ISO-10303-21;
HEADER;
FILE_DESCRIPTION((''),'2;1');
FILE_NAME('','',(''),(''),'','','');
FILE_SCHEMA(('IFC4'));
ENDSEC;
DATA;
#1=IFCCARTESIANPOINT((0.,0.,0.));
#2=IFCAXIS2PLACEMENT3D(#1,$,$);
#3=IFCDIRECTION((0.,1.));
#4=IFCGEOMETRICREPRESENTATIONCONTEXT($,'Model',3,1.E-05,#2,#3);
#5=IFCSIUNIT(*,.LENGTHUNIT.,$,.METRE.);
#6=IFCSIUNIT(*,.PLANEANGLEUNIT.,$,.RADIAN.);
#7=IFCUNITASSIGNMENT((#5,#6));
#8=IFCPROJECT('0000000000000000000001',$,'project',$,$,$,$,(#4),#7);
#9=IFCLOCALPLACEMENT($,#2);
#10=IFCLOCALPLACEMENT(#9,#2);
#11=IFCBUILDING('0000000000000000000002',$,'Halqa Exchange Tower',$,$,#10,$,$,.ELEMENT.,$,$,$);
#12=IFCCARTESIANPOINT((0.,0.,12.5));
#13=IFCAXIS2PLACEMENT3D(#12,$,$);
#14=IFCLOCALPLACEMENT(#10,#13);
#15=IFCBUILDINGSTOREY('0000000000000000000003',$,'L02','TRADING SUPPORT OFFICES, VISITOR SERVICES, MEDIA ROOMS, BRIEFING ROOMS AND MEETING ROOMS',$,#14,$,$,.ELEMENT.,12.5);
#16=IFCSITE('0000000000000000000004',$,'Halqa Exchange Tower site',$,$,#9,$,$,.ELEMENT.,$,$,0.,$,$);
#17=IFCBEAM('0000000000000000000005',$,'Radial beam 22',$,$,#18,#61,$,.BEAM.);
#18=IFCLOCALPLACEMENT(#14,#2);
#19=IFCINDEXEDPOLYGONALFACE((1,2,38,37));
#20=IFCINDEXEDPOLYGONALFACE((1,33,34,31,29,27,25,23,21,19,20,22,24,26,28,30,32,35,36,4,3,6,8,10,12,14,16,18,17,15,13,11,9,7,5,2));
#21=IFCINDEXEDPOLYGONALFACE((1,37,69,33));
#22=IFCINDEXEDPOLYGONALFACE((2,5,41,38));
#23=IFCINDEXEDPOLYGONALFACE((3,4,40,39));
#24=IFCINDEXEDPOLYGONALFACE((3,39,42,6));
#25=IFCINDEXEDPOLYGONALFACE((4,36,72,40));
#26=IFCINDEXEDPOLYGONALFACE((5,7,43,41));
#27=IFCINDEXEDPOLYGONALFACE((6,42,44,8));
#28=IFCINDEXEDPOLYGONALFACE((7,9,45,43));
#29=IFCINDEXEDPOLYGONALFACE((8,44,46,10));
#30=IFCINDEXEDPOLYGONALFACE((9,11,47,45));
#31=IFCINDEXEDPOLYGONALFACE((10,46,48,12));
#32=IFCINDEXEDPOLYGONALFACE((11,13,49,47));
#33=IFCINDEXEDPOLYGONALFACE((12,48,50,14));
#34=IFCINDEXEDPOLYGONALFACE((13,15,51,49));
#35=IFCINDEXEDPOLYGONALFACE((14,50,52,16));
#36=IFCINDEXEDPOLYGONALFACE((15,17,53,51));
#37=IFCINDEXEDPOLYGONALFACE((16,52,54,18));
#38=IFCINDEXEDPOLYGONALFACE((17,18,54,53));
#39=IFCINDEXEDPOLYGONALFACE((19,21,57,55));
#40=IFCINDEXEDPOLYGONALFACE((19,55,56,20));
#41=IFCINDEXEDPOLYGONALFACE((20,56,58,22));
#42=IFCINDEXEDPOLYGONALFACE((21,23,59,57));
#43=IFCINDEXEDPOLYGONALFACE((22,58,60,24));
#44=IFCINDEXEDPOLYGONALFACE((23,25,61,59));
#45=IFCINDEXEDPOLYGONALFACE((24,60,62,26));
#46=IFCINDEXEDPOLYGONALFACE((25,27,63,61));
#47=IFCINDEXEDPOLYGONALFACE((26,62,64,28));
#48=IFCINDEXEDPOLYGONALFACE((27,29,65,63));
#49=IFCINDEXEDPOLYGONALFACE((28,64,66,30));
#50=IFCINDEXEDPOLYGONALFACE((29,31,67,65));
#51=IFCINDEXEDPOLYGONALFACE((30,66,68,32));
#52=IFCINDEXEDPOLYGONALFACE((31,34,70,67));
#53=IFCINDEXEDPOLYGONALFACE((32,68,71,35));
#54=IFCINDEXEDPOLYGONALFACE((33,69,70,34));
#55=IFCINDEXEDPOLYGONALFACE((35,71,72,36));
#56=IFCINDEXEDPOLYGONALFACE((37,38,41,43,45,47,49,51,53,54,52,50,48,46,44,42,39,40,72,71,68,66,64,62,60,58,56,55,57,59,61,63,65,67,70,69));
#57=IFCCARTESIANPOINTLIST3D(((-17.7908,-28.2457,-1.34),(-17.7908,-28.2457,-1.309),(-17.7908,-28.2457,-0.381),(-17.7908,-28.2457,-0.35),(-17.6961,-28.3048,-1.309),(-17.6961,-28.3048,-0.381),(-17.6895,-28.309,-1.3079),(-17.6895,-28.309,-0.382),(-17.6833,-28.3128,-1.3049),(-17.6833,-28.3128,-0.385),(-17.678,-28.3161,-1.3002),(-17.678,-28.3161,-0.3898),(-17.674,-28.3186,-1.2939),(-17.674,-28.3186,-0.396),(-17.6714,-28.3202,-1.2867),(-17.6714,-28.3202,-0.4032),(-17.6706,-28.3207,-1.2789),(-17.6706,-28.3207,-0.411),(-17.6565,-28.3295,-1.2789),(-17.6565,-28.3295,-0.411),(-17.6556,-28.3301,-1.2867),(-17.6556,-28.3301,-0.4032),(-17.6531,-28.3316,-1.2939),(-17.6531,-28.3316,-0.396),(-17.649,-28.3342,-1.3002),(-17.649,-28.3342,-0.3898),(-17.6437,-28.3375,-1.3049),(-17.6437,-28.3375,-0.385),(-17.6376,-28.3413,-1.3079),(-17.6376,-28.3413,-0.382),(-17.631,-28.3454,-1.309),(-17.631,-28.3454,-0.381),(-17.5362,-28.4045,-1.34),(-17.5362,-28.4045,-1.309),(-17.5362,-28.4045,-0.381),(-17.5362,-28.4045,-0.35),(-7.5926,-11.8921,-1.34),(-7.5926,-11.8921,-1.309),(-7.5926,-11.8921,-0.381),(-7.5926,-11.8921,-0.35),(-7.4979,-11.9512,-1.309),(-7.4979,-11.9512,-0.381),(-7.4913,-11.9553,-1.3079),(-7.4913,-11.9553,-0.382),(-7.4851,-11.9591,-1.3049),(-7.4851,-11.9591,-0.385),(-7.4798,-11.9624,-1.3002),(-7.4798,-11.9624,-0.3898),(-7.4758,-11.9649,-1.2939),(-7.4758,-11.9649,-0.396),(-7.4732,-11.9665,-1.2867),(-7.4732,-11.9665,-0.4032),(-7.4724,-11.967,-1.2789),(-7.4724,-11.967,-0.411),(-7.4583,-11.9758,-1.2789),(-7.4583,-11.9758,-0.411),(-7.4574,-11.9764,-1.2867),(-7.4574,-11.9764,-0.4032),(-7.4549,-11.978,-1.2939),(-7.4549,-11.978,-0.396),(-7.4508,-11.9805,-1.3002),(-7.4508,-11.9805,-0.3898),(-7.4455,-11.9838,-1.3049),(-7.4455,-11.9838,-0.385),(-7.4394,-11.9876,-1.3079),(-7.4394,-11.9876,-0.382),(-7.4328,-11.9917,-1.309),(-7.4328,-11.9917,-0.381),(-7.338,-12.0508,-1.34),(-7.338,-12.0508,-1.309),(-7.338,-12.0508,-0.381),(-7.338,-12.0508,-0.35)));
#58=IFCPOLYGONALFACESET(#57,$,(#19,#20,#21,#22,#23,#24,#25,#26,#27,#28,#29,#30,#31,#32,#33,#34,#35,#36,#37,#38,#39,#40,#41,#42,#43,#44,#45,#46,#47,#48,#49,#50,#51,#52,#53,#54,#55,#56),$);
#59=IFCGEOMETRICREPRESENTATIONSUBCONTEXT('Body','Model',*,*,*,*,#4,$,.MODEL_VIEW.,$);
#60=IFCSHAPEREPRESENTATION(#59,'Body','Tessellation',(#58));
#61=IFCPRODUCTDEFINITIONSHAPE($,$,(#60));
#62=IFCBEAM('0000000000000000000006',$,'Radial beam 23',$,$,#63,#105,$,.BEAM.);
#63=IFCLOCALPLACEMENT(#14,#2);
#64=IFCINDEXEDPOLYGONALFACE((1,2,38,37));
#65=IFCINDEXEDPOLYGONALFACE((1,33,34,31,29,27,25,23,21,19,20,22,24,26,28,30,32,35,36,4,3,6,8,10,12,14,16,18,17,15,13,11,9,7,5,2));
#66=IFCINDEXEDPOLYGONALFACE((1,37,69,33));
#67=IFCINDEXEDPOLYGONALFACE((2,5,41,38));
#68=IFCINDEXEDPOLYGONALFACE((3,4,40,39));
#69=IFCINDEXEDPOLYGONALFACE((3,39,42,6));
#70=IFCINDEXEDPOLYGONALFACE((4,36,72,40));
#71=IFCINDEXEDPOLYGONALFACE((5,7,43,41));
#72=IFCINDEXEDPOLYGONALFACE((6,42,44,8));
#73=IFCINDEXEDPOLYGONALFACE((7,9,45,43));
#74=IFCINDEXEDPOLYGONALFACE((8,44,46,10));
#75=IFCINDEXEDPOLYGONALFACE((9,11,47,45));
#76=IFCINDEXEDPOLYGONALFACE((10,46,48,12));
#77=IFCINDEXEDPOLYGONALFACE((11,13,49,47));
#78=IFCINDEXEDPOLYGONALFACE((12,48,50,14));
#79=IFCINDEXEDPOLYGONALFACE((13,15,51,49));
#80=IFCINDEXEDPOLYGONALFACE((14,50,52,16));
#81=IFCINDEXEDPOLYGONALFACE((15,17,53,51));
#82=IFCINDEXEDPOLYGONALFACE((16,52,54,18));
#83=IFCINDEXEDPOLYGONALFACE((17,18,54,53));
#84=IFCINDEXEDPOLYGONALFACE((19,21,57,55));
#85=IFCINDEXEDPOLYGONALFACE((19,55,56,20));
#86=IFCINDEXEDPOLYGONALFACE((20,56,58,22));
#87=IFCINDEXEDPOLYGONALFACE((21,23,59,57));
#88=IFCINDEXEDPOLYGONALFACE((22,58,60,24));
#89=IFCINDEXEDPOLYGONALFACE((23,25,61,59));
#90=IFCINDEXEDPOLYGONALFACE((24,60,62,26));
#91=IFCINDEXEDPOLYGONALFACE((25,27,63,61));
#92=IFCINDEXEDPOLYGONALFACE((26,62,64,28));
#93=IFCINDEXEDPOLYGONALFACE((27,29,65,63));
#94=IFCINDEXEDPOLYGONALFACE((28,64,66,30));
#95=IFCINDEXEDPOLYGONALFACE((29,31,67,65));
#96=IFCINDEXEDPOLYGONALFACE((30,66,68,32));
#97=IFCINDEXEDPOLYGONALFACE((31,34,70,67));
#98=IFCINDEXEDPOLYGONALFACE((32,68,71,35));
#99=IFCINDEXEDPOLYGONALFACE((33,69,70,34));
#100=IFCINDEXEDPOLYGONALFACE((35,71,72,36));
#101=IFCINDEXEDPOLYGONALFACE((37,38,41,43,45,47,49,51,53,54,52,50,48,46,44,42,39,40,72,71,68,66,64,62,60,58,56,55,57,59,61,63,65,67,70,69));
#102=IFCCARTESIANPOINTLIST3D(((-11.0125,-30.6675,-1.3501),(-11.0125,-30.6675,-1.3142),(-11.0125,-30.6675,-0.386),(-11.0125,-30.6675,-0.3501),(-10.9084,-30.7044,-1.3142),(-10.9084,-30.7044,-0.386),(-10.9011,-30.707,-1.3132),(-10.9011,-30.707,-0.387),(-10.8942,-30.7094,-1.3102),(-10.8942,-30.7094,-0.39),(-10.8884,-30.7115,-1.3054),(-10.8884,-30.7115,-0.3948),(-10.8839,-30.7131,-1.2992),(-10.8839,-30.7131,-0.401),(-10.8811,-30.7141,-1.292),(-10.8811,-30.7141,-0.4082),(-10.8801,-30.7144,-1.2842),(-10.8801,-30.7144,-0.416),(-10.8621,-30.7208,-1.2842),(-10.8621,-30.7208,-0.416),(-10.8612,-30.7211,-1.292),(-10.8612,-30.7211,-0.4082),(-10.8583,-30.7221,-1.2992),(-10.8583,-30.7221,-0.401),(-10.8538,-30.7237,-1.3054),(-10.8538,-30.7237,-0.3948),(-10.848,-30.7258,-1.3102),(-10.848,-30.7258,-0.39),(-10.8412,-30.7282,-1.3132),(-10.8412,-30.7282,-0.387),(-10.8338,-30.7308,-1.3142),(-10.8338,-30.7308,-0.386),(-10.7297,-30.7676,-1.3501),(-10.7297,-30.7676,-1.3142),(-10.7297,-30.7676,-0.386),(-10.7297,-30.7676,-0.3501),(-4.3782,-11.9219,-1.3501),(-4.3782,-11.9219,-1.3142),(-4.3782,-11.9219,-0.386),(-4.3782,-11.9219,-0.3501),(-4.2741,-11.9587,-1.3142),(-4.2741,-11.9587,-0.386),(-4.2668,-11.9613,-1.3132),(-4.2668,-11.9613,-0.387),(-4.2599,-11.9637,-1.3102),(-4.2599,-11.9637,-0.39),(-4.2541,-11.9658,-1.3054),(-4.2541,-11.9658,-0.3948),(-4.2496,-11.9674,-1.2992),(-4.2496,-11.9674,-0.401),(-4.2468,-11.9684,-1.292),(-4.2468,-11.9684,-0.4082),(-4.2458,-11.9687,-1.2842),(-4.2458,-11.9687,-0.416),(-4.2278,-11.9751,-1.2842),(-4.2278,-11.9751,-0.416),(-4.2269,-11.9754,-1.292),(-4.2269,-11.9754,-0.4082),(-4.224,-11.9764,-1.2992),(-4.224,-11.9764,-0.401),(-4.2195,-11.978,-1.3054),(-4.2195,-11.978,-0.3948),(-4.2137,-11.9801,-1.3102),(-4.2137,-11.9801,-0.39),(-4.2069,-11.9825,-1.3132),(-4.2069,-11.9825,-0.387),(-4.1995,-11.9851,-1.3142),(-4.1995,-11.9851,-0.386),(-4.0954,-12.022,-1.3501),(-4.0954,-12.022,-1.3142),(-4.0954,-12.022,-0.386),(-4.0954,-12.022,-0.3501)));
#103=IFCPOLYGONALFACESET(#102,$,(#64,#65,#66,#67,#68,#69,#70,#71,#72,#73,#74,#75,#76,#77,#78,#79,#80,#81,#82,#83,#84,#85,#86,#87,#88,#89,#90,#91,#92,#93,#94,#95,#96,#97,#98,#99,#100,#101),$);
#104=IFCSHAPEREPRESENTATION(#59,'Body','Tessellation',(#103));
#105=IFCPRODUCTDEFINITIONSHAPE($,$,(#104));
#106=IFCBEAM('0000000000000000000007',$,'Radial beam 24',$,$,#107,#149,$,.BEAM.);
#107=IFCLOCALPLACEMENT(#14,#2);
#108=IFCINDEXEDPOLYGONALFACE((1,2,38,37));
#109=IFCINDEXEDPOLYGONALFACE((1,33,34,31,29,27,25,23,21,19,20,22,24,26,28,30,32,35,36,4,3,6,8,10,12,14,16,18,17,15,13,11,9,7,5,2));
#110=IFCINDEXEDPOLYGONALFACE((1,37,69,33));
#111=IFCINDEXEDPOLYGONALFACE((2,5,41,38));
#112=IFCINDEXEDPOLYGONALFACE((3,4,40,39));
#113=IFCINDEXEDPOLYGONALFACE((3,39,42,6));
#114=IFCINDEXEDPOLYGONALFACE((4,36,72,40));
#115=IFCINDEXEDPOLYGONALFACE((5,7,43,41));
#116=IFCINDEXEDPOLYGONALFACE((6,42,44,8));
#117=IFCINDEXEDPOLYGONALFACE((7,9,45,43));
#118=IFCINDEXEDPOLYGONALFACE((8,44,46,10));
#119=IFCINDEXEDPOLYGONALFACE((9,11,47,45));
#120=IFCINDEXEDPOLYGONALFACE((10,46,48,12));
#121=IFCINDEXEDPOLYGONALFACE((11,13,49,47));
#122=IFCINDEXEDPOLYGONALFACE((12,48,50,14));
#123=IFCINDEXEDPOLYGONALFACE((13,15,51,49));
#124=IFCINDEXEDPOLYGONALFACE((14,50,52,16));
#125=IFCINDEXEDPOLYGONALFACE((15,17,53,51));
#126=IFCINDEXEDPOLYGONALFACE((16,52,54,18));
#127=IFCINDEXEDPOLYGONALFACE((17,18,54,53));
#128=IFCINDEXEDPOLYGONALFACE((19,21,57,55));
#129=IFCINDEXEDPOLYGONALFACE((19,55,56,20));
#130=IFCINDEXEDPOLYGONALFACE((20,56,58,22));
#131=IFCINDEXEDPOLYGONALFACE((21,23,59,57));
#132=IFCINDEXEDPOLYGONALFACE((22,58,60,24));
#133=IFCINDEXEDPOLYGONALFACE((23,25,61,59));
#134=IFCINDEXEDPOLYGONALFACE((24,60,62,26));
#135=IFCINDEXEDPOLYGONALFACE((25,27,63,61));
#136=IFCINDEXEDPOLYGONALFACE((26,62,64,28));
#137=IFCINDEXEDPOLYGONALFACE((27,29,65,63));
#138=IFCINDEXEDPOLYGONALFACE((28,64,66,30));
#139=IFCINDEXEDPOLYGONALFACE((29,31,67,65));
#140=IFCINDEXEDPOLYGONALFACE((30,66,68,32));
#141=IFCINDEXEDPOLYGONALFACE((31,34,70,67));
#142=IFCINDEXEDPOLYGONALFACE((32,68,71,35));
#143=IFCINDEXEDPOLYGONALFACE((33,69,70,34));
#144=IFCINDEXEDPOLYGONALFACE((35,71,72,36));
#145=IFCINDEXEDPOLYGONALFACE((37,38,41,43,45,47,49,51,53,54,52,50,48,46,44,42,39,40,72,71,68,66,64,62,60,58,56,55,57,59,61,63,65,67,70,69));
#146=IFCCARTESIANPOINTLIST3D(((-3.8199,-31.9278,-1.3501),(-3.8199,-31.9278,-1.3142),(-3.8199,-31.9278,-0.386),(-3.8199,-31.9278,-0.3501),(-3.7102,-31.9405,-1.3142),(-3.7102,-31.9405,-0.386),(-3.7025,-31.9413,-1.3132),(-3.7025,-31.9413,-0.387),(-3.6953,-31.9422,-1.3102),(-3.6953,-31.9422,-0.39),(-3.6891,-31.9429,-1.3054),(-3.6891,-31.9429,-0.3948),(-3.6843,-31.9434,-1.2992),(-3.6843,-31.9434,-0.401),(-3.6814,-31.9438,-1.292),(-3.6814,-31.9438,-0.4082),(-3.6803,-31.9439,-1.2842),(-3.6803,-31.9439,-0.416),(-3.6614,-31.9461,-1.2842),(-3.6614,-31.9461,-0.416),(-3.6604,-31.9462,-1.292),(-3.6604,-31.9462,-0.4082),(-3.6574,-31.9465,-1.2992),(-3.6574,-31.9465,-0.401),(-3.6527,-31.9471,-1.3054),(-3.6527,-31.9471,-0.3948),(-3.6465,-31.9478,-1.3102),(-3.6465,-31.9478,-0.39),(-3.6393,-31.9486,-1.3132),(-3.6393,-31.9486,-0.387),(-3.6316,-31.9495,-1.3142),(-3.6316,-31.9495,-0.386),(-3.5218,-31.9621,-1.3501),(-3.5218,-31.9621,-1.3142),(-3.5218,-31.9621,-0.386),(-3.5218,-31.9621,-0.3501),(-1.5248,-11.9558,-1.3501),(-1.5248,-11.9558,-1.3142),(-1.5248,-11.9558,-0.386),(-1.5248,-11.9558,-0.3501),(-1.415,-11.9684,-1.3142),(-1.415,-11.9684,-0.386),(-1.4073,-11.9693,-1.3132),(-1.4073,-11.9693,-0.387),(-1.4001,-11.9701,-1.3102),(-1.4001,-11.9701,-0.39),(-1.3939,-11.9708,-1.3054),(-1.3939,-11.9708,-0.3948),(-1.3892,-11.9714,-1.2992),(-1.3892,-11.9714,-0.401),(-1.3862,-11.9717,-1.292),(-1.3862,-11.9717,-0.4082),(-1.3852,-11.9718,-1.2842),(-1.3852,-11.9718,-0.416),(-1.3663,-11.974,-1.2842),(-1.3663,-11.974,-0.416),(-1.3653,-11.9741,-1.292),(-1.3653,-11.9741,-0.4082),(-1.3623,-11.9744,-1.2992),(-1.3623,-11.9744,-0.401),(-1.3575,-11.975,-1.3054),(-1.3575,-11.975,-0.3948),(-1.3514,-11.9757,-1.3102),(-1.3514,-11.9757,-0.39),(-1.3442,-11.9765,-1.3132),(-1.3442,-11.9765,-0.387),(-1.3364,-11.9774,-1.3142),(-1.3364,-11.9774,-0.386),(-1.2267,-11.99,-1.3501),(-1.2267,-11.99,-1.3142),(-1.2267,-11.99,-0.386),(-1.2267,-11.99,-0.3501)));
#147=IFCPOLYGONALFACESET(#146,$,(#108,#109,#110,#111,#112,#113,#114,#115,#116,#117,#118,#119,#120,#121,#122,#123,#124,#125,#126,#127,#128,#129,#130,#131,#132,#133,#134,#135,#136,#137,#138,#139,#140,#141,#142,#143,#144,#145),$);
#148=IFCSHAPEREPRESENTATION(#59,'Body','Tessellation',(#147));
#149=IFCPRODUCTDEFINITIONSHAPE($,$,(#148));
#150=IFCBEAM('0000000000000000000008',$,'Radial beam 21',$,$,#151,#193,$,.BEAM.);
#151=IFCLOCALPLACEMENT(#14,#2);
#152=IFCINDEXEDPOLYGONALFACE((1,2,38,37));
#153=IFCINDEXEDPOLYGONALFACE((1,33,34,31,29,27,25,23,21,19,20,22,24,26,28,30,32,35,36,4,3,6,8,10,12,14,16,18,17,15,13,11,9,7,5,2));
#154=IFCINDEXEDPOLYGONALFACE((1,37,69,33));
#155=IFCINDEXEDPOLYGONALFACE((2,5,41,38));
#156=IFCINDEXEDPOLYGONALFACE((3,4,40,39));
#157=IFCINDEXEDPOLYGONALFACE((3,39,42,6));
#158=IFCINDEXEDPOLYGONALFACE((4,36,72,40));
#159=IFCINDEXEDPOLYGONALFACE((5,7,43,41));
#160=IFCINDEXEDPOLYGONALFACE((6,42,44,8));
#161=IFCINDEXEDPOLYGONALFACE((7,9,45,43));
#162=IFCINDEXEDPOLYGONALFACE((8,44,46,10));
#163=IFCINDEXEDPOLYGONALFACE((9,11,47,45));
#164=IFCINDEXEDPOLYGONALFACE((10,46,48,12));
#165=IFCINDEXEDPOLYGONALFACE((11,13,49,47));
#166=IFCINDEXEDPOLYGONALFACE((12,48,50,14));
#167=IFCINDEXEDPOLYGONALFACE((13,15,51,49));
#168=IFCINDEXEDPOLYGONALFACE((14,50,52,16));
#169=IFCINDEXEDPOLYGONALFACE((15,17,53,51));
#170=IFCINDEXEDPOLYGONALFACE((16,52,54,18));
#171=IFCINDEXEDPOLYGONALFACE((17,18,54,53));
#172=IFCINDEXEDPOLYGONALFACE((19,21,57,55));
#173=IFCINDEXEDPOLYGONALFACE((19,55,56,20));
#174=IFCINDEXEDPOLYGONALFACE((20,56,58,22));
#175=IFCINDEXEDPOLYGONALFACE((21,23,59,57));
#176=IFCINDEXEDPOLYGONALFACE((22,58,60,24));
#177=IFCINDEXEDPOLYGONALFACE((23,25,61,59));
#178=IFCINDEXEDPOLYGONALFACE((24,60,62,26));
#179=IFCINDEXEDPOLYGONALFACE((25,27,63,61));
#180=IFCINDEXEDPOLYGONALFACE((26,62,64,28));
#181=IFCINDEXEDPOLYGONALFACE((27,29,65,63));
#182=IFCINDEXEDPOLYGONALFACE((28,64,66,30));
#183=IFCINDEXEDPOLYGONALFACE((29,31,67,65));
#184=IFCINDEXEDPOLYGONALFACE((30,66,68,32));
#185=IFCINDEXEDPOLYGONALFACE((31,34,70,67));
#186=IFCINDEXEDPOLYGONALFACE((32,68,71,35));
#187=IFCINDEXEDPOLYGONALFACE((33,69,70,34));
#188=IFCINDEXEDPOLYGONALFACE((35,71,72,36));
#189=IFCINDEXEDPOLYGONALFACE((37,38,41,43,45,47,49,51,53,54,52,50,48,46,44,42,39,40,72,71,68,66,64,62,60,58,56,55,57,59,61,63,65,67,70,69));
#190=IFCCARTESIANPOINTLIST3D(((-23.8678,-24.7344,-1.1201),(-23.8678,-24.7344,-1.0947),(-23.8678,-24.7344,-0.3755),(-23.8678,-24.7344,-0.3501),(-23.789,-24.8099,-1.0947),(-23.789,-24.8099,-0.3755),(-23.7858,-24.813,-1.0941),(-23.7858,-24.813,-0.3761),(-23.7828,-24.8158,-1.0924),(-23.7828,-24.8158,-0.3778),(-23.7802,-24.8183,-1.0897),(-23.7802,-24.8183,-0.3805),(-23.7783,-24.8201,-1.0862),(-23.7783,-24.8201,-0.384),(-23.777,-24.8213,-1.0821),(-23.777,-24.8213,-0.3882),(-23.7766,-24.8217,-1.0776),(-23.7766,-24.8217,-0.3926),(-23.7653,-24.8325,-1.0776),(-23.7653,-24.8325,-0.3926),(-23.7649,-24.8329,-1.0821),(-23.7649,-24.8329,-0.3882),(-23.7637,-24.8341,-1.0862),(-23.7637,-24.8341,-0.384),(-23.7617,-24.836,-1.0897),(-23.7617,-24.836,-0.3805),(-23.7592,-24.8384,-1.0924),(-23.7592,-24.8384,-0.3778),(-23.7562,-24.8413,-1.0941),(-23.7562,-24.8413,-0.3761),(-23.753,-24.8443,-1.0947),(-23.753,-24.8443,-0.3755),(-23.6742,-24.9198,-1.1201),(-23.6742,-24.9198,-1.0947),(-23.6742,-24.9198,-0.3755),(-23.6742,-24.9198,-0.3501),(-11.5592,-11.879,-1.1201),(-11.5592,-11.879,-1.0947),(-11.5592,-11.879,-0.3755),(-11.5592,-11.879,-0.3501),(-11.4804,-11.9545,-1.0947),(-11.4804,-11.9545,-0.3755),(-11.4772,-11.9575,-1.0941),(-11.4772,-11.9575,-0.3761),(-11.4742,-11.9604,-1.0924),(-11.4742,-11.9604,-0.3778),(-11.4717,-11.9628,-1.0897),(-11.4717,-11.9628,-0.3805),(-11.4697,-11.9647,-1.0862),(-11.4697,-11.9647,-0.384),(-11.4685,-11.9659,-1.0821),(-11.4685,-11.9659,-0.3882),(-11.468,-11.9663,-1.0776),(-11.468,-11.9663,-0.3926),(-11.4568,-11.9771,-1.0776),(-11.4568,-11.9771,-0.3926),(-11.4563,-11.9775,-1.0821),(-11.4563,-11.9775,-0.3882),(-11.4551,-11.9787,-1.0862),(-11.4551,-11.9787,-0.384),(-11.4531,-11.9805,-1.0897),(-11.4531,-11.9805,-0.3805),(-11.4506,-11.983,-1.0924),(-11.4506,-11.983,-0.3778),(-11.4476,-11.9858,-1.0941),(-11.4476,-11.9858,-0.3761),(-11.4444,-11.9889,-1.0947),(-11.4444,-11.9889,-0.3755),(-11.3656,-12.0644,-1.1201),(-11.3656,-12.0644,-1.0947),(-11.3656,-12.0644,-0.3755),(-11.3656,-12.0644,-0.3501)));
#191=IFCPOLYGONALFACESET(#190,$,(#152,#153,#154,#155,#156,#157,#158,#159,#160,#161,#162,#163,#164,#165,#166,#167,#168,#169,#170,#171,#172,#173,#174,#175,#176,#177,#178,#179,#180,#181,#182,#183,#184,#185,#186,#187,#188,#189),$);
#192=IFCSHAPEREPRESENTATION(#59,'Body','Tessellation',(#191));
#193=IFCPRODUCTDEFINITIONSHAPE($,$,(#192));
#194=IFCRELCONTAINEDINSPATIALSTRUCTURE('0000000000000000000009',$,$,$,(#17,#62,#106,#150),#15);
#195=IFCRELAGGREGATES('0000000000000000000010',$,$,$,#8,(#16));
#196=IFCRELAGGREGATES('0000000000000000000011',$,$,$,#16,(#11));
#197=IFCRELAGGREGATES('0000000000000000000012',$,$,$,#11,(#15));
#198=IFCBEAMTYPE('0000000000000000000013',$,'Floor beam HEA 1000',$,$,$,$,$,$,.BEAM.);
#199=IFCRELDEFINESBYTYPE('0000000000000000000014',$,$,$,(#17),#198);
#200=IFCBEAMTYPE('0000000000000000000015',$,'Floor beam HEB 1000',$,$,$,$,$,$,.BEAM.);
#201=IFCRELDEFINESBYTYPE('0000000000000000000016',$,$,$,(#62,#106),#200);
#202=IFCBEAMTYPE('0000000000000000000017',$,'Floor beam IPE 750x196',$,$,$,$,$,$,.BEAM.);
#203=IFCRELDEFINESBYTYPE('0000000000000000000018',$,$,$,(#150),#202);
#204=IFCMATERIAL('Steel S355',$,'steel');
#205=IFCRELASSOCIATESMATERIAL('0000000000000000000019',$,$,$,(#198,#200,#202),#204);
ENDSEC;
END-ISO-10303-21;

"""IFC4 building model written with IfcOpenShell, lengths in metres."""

from ifc_helpers import new_model, si_unit, direction, frame, origin, origin_2d, place, context, subcontext, project, spatial, i_section, extrude, material, material_profile, profile_set, type_object, element, save


model = new_model("IFC4")

# Units and contexts
model_context = context("Model", 3, precision=1e-05, world=origin(), true_north=direction((0.0, 1.0)))
body_context = subcontext(model_context, "Body", "Model", "MODEL_VIEW")
ifc_project = project(units=[si_unit("LENGTHUNIT", "METRE"), si_unit("PLANEANGLEUNIT", "RADIAN")], contexts=[model_context])

# Site, building, storey
site_placement = place(None, origin())
site = spatial("IfcSite", under=ifc_project, at=site_placement, Name="Halqa Exchange Tower site", CompositionType="ELEMENT", RefElevation=0.0)
building_placement = place(site_placement, origin())
building = spatial("IfcBuilding", under=site, at=building_placement, Name="Halqa Exchange Tower", CompositionType="ELEMENT")
storey_placement = place(building_placement, frame((0.0, 0.0, 12.5)))
storey = spatial("IfcBuildingStorey", under=building, at=storey_placement, Name="L02", Description="TRADING SUPPORT OFFICES, VISITOR SERVICES, MEDIA ROOMS, BRIEFING ROOMS AND MEETING ROOMS", CompositionType="ELEMENT", Elevation=12.5)

# Beams
ifc_material_1 = material(Name="Steel S355", Category="steel")
ifc_material_profile_1 = material_profile(ifc_material_1, i_section(OverallWidth=0.3, OverallDepth=0.99, WebThickness=0.0166, FlangeThickness=0.031, FilletRadius=0.03, at=origin_2d()), Name="HEA 1000")
ifc_profile_set_1 = profile_set([ifc_material_profile_1], Name="Steel S355")
beam_type_1 = type_object("IfcBeamType", Name="Floor beam HEA 1000", PredefinedType="BEAM", material=ifc_profile_set_1)
beam_1_placement = place(storey_placement, frame((-7.4653, -11.9714, -0.845), z_axis=(-0.529146, -0.848531, 0.0), x_axis=(0.848531, -0.529146, 0.0)))
element("IfcBeam", 1, at=beam_1_placement, inside=storey, type_object=beam_type_1, Name="Radial beam 22", PredefinedType="BEAM", context=body_context, shape_type="SweptSolid", body=[
    extrude(i_section(OverallWidth=0.3, OverallDepth=0.99, WebThickness=0.0166, FlangeThickness=0.031, FilletRadius=0.03, at=origin_2d()), origin(), (0.0, 0.0, 1.0), 19.2729),
])
ifc_material_profile_2 = material_profile(ifc_material_1, i_section(OverallWidth=0.3, OverallDepth=1.0, WebThickness=0.019, FlangeThickness=0.0359, FilletRadius=0.03, at=origin_2d()), Name="HEB 1000")
ifc_profile_set_2 = profile_set([ifc_material_profile_2], Name="Steel S355")
beam_type_2 = type_object("IfcBeamType", Name="Floor beam HEB 1000", PredefinedType="BEAM", material=ifc_profile_set_2)
beam_2_placement = place(storey_placement, frame((-4.2368, -11.9719, -0.8501), z_axis=(-0.333633, -0.942703, 0.0), x_axis=(0.942703, -0.333633, 0.0)))
element("IfcBeam", 2, at=beam_2_placement, inside=storey, type_object=beam_type_2, Name="Radial beam 23", PredefinedType="BEAM", context=body_context, shape_type="SweptSolid", body=[
    extrude(i_section(OverallWidth=0.3, OverallDepth=1.0, WebThickness=0.019, FlangeThickness=0.0359, FilletRadius=0.03, at=origin_2d()), origin(), (0.0, 0.0, 1.0), 19.885),
])
beam_3_placement = place(storey_placement, frame((-1.3757, -11.9729, -0.8501), z_axis=(-0.114167, -0.993462, 0.0), x_axis=(0.993462, -0.114167, 0.0)))
element("IfcBeam", 3, at=beam_3_placement, inside=storey, type_object=beam_type_2, Name="Radial beam 24", PredefinedType="BEAM", context=body_context, shape_type="SweptSolid", body=[
    extrude(i_section(OverallWidth=0.3, OverallDepth=1.0, WebThickness=0.019, FlangeThickness=0.0359, FilletRadius=0.03, at=origin_2d()), origin(), (0.0, 0.0, 1.0), 20.1035),
])
ifc_material_profile_3 = material_profile(ifc_material_1, i_section(OverallWidth=0.2681, OverallDepth=0.77, WebThickness=0.0156, FlangeThickness=0.0254, FilletRadius=0.0171, at=origin_2d()), Name="IPE 750x196")
ifc_profile_set_3 = profile_set([ifc_material_profile_3], Name="Steel S355")
beam_type_3 = type_object("IfcBeamType", Name="Floor beam IPE 750x196", PredefinedType="BEAM", material=ifc_profile_set_3)
beam_4_placement = place(storey_placement, frame((-11.4624, -11.9717, -0.7351), z_axis=(-0.691576, -0.722303, 0.0), x_axis=(0.722303, -0.691576, 0.0)))
element("IfcBeam", 4, at=beam_4_placement, inside=storey, type_object=beam_type_3, Name="Radial beam 21", PredefinedType="BEAM", context=body_context, shape_type="SweptSolid", body=[
    extrude(i_section(OverallWidth=0.2681, OverallDepth=0.77, WebThickness=0.0156, FlangeThickness=0.0254, FilletRadius=0.0171, at=origin_2d()), origin(), (0.0, 0.0, 1.0), 17.7979),
])

save(model, "model.ifc")
